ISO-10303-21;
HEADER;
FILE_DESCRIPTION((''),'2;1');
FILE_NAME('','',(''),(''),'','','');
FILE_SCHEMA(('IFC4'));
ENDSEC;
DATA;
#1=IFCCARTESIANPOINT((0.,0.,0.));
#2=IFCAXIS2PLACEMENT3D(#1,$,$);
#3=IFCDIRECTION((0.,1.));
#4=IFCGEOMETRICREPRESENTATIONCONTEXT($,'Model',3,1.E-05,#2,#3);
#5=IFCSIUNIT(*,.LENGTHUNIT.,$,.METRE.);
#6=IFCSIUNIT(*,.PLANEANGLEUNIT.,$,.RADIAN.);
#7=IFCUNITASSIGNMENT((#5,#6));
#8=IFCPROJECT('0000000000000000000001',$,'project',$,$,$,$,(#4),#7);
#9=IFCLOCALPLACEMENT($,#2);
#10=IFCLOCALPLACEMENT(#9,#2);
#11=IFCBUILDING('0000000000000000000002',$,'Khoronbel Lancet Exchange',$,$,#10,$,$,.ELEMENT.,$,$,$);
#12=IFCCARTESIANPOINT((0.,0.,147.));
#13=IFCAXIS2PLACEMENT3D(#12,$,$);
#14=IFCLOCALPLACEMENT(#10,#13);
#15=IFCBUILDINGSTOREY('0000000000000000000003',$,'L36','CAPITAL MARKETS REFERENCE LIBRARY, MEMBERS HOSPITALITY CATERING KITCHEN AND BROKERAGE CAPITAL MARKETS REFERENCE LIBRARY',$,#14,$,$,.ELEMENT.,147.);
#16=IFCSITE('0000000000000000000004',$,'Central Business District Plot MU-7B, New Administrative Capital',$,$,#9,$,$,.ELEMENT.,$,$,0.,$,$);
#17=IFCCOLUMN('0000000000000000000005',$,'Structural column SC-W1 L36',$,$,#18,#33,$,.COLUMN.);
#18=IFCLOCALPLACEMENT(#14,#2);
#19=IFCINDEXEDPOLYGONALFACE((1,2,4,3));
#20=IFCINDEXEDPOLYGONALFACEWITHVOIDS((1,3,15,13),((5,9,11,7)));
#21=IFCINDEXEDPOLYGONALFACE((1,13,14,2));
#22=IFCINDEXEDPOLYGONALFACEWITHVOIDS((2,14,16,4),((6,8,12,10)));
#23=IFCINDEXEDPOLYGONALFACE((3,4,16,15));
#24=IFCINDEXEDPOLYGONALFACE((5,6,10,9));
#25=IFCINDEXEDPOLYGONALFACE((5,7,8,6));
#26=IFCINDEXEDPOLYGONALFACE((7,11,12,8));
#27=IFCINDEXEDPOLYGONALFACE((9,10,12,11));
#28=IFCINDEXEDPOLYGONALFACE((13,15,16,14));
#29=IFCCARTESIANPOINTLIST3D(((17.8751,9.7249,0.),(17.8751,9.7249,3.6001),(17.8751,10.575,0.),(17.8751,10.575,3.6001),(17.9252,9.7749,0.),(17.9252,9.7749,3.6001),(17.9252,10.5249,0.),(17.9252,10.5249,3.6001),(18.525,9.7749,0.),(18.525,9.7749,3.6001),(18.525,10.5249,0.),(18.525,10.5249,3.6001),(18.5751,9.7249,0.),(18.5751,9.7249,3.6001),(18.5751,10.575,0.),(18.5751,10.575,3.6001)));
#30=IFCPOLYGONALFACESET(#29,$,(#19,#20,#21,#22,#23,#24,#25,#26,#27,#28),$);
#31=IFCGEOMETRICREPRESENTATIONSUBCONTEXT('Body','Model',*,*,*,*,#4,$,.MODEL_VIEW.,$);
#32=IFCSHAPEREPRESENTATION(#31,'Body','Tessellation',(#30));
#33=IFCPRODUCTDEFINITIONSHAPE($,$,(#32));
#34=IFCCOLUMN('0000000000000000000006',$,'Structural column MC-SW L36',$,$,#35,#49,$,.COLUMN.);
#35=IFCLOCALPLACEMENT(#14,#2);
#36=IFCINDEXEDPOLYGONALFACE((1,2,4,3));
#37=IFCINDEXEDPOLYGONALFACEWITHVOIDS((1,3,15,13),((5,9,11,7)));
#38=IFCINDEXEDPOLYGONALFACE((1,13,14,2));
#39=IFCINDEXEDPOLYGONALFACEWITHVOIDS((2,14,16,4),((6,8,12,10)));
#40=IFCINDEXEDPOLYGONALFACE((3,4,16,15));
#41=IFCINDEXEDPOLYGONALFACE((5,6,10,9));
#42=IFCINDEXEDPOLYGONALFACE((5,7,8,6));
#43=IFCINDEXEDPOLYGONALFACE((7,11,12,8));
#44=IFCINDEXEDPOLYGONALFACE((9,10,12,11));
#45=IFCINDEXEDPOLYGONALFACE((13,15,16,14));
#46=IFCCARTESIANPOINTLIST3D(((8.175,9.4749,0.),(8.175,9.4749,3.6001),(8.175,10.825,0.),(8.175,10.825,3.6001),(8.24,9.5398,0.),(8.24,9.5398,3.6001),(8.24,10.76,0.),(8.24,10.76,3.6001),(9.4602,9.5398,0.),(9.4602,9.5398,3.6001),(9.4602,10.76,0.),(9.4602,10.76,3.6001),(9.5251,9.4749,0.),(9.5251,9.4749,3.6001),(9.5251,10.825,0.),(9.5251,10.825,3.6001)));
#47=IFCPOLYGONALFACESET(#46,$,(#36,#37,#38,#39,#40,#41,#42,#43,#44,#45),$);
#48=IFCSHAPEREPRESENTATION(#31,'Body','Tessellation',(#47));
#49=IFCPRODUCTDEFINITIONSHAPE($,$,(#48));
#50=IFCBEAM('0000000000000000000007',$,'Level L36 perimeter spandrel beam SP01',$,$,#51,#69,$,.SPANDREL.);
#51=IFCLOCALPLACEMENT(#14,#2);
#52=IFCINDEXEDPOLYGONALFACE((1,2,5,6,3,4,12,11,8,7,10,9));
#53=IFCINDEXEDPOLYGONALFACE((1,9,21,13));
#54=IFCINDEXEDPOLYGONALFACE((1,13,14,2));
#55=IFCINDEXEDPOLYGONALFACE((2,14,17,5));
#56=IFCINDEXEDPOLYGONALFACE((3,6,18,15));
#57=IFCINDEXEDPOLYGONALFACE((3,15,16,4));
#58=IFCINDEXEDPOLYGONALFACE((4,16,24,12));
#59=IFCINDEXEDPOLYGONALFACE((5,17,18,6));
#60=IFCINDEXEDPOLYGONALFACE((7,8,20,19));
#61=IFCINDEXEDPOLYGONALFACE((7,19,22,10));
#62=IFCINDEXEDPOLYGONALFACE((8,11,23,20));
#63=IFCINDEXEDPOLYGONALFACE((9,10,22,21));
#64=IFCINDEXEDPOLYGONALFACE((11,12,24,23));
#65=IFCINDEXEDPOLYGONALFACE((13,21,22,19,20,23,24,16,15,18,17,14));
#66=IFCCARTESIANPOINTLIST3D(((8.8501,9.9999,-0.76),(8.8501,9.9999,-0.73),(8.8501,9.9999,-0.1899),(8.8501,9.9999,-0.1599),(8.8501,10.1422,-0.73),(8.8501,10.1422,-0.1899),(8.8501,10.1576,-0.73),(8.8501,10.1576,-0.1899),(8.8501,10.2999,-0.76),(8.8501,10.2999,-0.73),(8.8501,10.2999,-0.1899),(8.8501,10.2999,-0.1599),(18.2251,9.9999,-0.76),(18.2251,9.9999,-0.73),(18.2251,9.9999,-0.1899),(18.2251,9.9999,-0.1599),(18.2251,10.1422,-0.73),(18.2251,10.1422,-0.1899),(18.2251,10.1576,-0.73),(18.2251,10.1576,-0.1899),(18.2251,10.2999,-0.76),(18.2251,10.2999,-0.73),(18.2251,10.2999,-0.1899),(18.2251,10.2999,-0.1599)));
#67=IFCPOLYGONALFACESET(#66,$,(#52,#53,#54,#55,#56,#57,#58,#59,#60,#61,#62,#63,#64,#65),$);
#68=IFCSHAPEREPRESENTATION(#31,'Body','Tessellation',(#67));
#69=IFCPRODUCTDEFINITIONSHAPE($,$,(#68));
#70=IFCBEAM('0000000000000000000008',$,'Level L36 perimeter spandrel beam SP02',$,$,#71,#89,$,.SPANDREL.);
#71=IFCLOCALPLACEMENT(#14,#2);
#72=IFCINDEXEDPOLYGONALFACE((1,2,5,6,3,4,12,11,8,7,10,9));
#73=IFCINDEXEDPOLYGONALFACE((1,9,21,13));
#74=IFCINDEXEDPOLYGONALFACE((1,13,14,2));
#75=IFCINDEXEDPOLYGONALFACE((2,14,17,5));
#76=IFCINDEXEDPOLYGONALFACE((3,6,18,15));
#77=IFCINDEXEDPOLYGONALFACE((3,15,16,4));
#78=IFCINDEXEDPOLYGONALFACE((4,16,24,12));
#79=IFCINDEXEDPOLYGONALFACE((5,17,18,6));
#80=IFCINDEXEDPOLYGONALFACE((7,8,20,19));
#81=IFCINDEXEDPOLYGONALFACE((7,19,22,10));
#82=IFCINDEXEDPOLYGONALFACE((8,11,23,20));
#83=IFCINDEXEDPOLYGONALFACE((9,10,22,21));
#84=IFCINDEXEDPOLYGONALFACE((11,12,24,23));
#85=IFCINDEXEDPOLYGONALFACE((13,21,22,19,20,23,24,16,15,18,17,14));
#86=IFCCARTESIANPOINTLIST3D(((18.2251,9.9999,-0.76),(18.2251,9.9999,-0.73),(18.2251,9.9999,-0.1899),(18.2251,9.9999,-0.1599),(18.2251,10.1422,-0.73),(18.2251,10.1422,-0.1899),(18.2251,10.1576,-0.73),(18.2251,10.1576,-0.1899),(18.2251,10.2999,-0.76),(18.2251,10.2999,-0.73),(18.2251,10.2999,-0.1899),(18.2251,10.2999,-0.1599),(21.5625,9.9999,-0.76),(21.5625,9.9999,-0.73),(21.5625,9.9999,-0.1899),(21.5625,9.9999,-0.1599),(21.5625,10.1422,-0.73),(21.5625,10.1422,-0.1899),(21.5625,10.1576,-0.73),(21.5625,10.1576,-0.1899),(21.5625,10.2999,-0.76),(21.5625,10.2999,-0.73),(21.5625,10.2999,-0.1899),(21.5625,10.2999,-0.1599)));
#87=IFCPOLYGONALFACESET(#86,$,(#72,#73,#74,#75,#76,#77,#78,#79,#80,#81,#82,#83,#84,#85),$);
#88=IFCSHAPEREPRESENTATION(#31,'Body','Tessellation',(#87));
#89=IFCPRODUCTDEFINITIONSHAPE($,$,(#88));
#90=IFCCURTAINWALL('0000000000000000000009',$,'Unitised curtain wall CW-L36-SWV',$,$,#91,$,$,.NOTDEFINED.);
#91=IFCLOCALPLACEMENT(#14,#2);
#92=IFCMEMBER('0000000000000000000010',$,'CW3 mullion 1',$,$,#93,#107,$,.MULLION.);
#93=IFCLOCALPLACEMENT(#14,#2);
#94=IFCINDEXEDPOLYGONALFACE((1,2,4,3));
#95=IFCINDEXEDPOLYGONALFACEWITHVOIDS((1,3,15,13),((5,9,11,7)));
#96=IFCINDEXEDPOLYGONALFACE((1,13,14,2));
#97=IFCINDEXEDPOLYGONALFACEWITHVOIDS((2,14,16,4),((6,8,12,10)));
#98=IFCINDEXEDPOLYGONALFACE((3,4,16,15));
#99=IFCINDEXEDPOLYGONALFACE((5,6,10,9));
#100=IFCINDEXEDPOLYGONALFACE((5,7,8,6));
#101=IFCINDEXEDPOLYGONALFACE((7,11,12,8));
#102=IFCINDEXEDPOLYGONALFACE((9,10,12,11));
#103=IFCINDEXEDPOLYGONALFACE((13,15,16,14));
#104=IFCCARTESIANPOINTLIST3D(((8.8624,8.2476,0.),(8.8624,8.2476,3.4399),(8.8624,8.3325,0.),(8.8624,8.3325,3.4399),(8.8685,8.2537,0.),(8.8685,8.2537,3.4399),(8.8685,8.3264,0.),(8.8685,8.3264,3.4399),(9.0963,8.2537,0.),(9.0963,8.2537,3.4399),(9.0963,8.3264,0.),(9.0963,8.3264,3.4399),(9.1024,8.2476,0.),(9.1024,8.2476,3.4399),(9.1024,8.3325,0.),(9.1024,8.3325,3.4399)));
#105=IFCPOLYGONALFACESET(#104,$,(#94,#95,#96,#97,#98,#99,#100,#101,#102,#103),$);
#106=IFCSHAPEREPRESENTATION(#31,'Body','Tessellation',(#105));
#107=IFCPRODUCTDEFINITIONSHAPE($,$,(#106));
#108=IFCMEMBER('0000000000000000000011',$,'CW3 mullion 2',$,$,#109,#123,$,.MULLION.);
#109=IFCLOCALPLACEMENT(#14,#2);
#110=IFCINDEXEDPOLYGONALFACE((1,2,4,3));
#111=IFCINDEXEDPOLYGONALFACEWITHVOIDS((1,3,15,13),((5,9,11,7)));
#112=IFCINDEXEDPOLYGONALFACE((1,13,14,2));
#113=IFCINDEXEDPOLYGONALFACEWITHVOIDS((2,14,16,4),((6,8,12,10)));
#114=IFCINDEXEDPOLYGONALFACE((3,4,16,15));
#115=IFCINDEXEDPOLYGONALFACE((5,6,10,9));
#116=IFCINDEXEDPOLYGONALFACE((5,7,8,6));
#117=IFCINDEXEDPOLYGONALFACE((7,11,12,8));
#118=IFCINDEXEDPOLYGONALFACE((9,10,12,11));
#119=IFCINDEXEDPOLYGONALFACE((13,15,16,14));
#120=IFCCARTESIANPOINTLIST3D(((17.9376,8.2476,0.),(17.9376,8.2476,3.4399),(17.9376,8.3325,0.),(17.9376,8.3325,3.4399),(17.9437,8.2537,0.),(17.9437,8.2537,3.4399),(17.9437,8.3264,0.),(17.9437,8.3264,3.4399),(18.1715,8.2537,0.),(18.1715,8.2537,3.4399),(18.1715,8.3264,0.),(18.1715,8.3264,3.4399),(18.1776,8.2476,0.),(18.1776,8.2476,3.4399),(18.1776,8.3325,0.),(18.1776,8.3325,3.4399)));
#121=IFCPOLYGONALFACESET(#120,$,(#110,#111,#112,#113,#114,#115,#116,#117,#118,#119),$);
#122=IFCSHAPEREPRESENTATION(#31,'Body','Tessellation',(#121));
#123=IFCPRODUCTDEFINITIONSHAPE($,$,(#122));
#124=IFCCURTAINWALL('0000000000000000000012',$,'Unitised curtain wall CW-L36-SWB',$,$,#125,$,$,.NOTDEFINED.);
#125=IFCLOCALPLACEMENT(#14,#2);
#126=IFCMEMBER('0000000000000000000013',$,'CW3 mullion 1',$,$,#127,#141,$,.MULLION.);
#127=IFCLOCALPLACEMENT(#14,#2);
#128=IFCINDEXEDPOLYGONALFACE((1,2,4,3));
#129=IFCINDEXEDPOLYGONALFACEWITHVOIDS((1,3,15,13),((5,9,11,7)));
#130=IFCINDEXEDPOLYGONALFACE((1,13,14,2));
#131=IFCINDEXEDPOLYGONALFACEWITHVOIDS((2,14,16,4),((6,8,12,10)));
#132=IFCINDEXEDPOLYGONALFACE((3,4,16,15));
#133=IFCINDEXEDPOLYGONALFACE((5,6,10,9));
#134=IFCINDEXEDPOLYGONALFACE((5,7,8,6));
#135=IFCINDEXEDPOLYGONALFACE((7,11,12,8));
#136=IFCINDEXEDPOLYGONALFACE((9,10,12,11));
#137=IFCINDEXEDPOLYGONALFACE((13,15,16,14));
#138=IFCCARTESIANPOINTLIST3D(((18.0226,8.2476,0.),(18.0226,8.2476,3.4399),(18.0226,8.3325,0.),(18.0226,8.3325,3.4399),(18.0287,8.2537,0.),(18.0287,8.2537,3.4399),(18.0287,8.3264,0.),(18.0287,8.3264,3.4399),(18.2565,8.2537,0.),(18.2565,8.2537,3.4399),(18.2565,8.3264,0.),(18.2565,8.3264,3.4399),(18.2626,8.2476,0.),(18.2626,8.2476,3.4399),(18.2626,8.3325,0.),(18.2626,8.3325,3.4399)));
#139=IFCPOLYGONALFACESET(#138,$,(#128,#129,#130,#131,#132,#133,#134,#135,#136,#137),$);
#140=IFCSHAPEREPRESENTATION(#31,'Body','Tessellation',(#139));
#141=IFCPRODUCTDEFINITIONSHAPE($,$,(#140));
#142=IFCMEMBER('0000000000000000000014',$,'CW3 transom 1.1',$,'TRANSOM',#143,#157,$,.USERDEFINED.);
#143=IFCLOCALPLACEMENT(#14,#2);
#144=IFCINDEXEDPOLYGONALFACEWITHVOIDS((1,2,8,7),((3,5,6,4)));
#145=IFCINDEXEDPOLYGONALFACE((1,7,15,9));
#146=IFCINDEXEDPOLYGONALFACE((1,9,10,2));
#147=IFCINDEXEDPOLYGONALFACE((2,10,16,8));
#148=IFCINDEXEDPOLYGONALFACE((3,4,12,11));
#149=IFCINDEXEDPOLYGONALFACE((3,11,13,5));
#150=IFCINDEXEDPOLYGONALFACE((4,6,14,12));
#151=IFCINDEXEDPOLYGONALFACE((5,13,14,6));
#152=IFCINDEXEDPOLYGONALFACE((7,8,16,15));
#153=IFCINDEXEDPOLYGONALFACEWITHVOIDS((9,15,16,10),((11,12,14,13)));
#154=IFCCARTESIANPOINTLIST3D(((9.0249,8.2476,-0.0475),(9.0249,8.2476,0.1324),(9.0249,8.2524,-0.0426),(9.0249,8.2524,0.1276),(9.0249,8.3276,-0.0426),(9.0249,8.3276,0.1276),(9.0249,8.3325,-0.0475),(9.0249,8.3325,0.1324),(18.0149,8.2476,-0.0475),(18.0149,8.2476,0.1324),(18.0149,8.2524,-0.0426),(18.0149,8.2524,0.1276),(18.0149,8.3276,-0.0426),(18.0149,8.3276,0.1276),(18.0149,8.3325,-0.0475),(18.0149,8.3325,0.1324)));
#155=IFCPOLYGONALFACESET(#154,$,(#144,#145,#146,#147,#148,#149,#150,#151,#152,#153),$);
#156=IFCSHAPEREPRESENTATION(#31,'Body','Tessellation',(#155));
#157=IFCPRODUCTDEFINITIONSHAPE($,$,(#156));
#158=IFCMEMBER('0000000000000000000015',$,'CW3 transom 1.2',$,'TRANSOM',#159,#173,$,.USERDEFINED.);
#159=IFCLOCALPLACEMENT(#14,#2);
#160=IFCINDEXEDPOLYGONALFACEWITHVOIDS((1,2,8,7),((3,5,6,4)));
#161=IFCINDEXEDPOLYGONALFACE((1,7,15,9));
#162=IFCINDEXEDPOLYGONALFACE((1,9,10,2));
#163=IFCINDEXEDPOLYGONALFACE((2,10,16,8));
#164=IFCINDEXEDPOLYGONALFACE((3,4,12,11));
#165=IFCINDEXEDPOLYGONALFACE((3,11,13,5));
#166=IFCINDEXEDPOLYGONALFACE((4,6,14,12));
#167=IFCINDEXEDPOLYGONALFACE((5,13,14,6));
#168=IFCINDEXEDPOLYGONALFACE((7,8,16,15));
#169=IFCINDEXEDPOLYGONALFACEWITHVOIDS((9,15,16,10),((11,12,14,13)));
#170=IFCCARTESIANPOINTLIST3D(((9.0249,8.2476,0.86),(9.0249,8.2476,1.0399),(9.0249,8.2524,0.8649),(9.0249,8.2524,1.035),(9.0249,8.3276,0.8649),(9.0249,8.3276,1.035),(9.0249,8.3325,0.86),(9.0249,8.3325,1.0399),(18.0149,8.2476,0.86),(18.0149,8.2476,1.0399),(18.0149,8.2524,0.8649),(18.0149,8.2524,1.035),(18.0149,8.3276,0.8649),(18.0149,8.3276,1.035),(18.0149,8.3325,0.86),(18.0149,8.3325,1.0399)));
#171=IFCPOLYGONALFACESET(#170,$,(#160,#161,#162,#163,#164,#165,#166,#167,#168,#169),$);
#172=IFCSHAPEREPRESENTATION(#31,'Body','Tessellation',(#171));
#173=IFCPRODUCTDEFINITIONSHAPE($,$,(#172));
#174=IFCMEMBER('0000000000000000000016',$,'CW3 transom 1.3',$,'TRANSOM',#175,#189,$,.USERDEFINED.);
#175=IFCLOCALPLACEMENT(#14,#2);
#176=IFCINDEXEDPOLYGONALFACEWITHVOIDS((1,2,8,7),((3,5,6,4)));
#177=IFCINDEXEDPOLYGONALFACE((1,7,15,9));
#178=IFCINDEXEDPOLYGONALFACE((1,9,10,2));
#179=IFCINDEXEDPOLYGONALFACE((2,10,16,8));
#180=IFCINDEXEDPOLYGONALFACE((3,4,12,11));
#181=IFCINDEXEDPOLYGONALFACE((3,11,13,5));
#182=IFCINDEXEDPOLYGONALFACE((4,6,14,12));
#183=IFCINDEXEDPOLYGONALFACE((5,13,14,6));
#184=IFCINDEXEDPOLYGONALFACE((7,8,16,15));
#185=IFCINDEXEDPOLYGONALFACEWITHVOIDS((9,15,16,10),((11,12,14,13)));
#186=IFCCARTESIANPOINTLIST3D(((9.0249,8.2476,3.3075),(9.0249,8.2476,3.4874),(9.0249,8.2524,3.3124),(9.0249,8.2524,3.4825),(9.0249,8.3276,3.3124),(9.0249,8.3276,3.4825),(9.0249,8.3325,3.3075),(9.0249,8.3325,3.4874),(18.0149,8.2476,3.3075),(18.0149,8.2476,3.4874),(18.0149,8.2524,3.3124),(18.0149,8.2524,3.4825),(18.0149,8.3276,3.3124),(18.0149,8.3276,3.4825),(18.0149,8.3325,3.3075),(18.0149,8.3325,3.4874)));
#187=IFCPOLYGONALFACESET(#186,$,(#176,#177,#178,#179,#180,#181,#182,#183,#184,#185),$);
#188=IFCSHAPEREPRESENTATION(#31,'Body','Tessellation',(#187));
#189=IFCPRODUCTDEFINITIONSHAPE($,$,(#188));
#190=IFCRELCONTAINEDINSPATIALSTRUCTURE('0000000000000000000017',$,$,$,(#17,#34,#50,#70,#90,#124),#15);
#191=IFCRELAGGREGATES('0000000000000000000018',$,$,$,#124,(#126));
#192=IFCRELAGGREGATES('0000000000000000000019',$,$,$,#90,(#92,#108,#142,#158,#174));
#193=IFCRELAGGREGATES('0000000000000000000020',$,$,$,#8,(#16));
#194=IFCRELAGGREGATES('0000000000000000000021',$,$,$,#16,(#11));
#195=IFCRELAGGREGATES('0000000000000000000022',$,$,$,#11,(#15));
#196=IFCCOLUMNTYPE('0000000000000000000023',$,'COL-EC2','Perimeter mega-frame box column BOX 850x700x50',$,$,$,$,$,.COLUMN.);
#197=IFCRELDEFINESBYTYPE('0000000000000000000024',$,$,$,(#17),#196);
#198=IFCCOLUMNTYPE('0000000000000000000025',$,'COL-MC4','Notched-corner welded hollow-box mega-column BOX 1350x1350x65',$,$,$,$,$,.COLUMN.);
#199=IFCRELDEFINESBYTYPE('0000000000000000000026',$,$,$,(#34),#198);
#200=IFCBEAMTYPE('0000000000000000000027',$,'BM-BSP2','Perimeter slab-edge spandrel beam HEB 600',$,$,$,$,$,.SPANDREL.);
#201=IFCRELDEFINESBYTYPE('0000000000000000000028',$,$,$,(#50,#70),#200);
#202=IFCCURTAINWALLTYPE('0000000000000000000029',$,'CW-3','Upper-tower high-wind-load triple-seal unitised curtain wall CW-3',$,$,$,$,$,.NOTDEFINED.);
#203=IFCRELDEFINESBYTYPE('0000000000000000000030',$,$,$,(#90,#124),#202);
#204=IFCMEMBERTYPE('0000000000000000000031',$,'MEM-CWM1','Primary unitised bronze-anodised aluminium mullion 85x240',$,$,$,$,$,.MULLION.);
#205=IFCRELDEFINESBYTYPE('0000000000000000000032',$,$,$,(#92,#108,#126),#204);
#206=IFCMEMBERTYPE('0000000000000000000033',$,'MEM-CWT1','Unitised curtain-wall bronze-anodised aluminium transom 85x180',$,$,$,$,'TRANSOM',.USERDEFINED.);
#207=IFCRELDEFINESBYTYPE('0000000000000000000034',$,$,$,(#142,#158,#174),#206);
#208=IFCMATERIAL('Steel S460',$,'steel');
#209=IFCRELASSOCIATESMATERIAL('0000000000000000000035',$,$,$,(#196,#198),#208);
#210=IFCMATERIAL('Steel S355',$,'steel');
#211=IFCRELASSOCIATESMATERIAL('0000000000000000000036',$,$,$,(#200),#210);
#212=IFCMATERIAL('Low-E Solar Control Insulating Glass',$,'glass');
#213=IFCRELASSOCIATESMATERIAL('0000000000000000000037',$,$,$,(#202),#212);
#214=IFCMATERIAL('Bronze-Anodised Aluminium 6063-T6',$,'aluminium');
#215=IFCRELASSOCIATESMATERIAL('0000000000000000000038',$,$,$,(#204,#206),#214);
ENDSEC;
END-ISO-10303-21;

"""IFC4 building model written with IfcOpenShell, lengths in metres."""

from ifc_helpers import new_model, si_unit, direction, frame, origin, origin_2d, place, context, subcontext, project, spatial, hollow_rectangle, i_section, extrude, material, material_profile, profile_set, type_object, element, aggregate, save


model = new_model("IFC4")

# Units and contexts
model_context = context("Model", 3, precision=1e-05, world=origin(), true_north=direction((0.0, 1.0)))
body_context = subcontext(model_context, "Body", "Model", "MODEL_VIEW")
ifc_project = project(units=[si_unit("LENGTHUNIT", "METRE"), si_unit("PLANEANGLEUNIT", "RADIAN")], contexts=[model_context])

# Site, building, storey
site_placement = place(None, origin())
site = spatial("IfcSite", under=ifc_project, at=site_placement, Name="Central Business District Plot MU-7B, New Administrative Capital", CompositionType="ELEMENT", RefElevation=0.0)
building_placement = place(site_placement, origin())
building = spatial("IfcBuilding", under=site, at=building_placement, Name="Khoronbel Lancet Exchange", CompositionType="ELEMENT")
storey_placement = place(building_placement, frame((0.0, 0.0, 147.0)))
storey = spatial("IfcBuildingStorey", under=building, at=storey_placement, Name="L36", Description="CAPITAL MARKETS REFERENCE LIBRARY, MEMBERS HOSPITALITY CATERING KITCHEN AND BROKERAGE CAPITAL MARKETS REFERENCE LIBRARY", CompositionType="ELEMENT", Elevation=147.0)

# Columns
ifc_material_1 = material(Name="Steel S460", Category="steel")
ifc_material_profile_1 = material_profile(ifc_material_1, hollow_rectangle(XDim=0.7, YDim=0.8501, WallThickness=0.05, at=origin_2d()), Name="BOX 850x700x50")
ifc_profile_set_1 = profile_set([ifc_material_profile_1], Name="Steel S460")
column_type_1 = type_object("IfcColumnType", Name="COL-EC2", Description="Perimeter mega-frame box column BOX 850x700x50", PredefinedType="COLUMN", material=ifc_profile_set_1)
column_1_placement = place(storey_placement, frame((18.2251, 10.1499, 0.0), z_axis=(0.0, 0.0, 1.0), x_axis=(1.0, 0.0, 0.0)))
element("IfcColumn", 1, at=column_1_placement, inside=storey, type_object=column_type_1, Name="Structural column SC-W1 L36", PredefinedType="COLUMN", context=body_context, shape_type="SweptSolid", body=[
    extrude(hollow_rectangle(XDim=0.7, YDim=0.8501, WallThickness=0.05, at=origin_2d()), origin(), (0.0, 0.0, 1.0), 3.6001),
])
ifc_material_profile_2 = material_profile(ifc_material_1, hollow_rectangle(XDim=1.3501, YDim=1.3501, WallThickness=0.0649, at=origin_2d()), Name="BOX 1350x1350x65")
ifc_profile_set_2 = profile_set([ifc_material_profile_2], Name="Steel S460")
column_type_2 = type_object("IfcColumnType", Name="COL-MC4", Description="Notched-corner welded hollow-box mega-column BOX 1350x1350x65", PredefinedType="COLUMN", material=ifc_profile_set_2)
column_2_placement = place(storey_placement, frame((8.8501, 10.1499, 0.0), z_axis=(0.0, 0.0, 1.0), x_axis=(1.0, 0.0, 0.0)))
element("IfcColumn", 2, at=column_2_placement, inside=storey, type_object=column_type_2, Name="Structural column MC-SW L36", PredefinedType="COLUMN", context=body_context, shape_type="SweptSolid", body=[
    extrude(hollow_rectangle(XDim=1.3501, YDim=1.3501, WallThickness=0.0649, at=origin_2d()), origin(), (0.0, 0.0, 1.0), 3.6001),
])

# Beams
ifc_material_2 = material(Name="Steel S355", Category="steel")
ifc_material_profile_3 = material_profile(ifc_material_2, i_section(OverallWidth=0.3, OverallDepth=0.6001, WebThickness=0.0154, FlangeThickness=0.03, at=origin_2d()), Name="HEB 600")
ifc_profile_set_3 = profile_set([ifc_material_profile_3], Name="Steel S355")
beam_type = type_object("IfcBeamType", Name="BM-BSP2", Description="Perimeter slab-edge spandrel beam HEB 600", PredefinedType="SPANDREL", material=ifc_profile_set_3)
beam_1_placement = place(storey_placement, frame((8.8501, 10.1499, -0.46), z_axis=(1.0, 0.0, 0.0), x_axis=(0.0, 1.0, 0.0)))
element("IfcBeam", 3, at=beam_1_placement, inside=storey, type_object=beam_type, Name="Level L36 perimeter spandrel beam SP01", PredefinedType="SPANDREL", context=body_context, shape_type="SweptSolid", body=[
    extrude(i_section(OverallWidth=0.3, OverallDepth=0.6001, WebThickness=0.0154, FlangeThickness=0.03, at=origin_2d()), origin(), (0.0, 0.0, 1.0), 9.375),
])
beam_2_placement = place(storey_placement, frame((18.2251, 10.1499, -0.46), z_axis=(1.0, 0.0, 0.0), x_axis=(0.0, 1.0, 0.0)))
element("IfcBeam", 4, at=beam_2_placement, inside=storey, type_object=beam_type, Name="Level L36 perimeter spandrel beam SP02", PredefinedType="SPANDREL", context=body_context, shape_type="SweptSolid", body=[
    extrude(i_section(OverallWidth=0.3, OverallDepth=0.6001, WebThickness=0.0154, FlangeThickness=0.03, at=origin_2d()), origin(), (0.0, 0.0, 1.0), 3.3374),
])

# Curtain wall, members
ifc_material_3 = material(Name="Low-E Solar Control Insulating Glass", Category="glass")
curtain_wall_type = type_object("IfcCurtainWallType", Name="CW-3", Description="Upper-tower high-wind-load triple-seal unitised curtain wall CW-3", PredefinedType="NOTDEFINED", material=ifc_material_3)
curtain_wall_1_placement = place(storey_placement, origin())
curtain_wall_1 = element("IfcCurtainWall", 5, at=curtain_wall_1_placement, inside=storey, type_object=curtain_wall_type, Name="Unitised curtain wall CW-L36-SWV", PredefinedType="NOTDEFINED")
ifc_material_4 = material(Name="Bronze-Anodised Aluminium 6063-T6", Category="aluminium")
ifc_material_profile_4 = material_profile(ifc_material_4, hollow_rectangle(XDim=0.085, YDim=0.24, WallThickness=0.0061, at=origin_2d()), Name="ALU MULLION 85x240")
ifc_profile_set_4 = profile_set([ifc_material_profile_4], Name="Bronze-Anodised Aluminium 6063-T6")
member_type_1 = type_object("IfcMemberType", Name="MEM-CWM1", Description="Primary unitised bronze-anodised aluminium mullion 85x240", PredefinedType="MULLION", material=ifc_profile_set_4)
member_1_placement = place(storey_placement, frame((8.9824, 8.29, 0.0), z_axis=(0.0, 0.0, 1.0), x_axis=(0.0, 1.0, 0.0)))
member_1 = element("IfcMember", 6, at=member_1_placement, type_object=member_type_1, Name="CW3 mullion 1", PredefinedType="MULLION", context=body_context, shape_type="SweptSolid", body=[
    extrude(hollow_rectangle(XDim=0.085, YDim=0.24, WallThickness=0.0061, at=origin_2d()), origin(), (0.0, 0.0, 1.0), 3.4399),
])
member_2_placement = place(storey_placement, frame((18.0576, 8.29, 0.0), z_axis=(0.0, 0.0, 1.0), x_axis=(0.0, 1.0, 0.0)))
member_2 = element("IfcMember", 7, at=member_2_placement, type_object=member_type_1, Name="CW3 mullion 2", PredefinedType="MULLION", context=body_context, shape_type="SweptSolid", body=[
    extrude(hollow_rectangle(XDim=0.085, YDim=0.24, WallThickness=0.0061, at=origin_2d()), origin(), (0.0, 0.0, 1.0), 3.4399),
])

# Curtain wall, member
curtain_wall_2_placement = place(storey_placement, origin())
curtain_wall_2 = element("IfcCurtainWall", 8, at=curtain_wall_2_placement, inside=storey, type_object=curtain_wall_type, Name="Unitised curtain wall CW-L36-SWB", PredefinedType="NOTDEFINED")
member_3_placement = place(storey_placement, frame((18.1426, 8.29, 0.0), z_axis=(0.0, 0.0, 1.0), x_axis=(0.0, 1.0, 0.0)))
member_3 = element("IfcMember", 9, at=member_3_placement, type_object=member_type_1, Name="CW3 mullion 1", PredefinedType="MULLION", context=body_context, shape_type="SweptSolid", body=[
    extrude(hollow_rectangle(XDim=0.085, YDim=0.24, WallThickness=0.0061, at=origin_2d()), origin(), (0.0, 0.0, 1.0), 3.4399),
])

# Members
ifc_material_profile_5 = material_profile(ifc_material_4, hollow_rectangle(XDim=0.085, YDim=0.1799, WallThickness=0.0049, at=origin_2d()), Name="ALU TRANSOM 85x180")
ifc_profile_set_5 = profile_set([ifc_material_profile_5], Name="Bronze-Anodised Aluminium 6063-T6")
member_type_2 = type_object("IfcMemberType", Name="MEM-CWT1", Description="Unitised curtain-wall bronze-anodised aluminium transom 85x180", ElementType="TRANSOM", PredefinedType="USERDEFINED", material=ifc_profile_set_5)
member_4_placement = place(storey_placement, frame((9.0249, 8.29, 0.0425), z_axis=(1.0, 0.0, 0.0), x_axis=(0.0, 1.0, 0.0)))
member_4 = element("IfcMember", 10, at=member_4_placement, type_object=member_type_2, Name="CW3 transom 1.1", ObjectType="TRANSOM", PredefinedType="USERDEFINED", context=body_context, shape_type="SweptSolid", body=[
    extrude(hollow_rectangle(XDim=0.085, YDim=0.1799, WallThickness=0.0049, at=origin_2d()), origin(), (0.0, 0.0, 1.0), 8.99),
])
member_5_placement = place(storey_placement, frame((9.0249, 8.29, 0.95), z_axis=(1.0, 0.0, 0.0), x_axis=(0.0, 1.0, 0.0)))
member_5 = element("IfcMember", 11, at=member_5_placement, type_object=member_type_2, Name="CW3 transom 1.2", ObjectType="TRANSOM", PredefinedType="USERDEFINED", context=body_context, shape_type="SweptSolid", body=[
    extrude(hollow_rectangle(XDim=0.085, YDim=0.1799, WallThickness=0.0049, at=origin_2d()), origin(), (0.0, 0.0, 1.0), 8.99),
])
member_6_placement = place(storey_placement, frame((9.0249, 8.29, 3.3975), z_axis=(1.0, 0.0, 0.0), x_axis=(0.0, 1.0, 0.0)))
member_6 = element("IfcMember", 12, at=member_6_placement, type_object=member_type_2, Name="CW3 transom 1.3", ObjectType="TRANSOM", PredefinedType="USERDEFINED", context=body_context, shape_type="SweptSolid", body=[
    extrude(hollow_rectangle(XDim=0.085, YDim=0.1799, WallThickness=0.0049, at=origin_2d()), origin(), (0.0, 0.0, 1.0), 8.99),
])
aggregate(curtain_wall_2, [member_3])

aggregate(curtain_wall_1, [member_1, member_2, member_4, member_5, member_6])

save(model, "model.ifc")
